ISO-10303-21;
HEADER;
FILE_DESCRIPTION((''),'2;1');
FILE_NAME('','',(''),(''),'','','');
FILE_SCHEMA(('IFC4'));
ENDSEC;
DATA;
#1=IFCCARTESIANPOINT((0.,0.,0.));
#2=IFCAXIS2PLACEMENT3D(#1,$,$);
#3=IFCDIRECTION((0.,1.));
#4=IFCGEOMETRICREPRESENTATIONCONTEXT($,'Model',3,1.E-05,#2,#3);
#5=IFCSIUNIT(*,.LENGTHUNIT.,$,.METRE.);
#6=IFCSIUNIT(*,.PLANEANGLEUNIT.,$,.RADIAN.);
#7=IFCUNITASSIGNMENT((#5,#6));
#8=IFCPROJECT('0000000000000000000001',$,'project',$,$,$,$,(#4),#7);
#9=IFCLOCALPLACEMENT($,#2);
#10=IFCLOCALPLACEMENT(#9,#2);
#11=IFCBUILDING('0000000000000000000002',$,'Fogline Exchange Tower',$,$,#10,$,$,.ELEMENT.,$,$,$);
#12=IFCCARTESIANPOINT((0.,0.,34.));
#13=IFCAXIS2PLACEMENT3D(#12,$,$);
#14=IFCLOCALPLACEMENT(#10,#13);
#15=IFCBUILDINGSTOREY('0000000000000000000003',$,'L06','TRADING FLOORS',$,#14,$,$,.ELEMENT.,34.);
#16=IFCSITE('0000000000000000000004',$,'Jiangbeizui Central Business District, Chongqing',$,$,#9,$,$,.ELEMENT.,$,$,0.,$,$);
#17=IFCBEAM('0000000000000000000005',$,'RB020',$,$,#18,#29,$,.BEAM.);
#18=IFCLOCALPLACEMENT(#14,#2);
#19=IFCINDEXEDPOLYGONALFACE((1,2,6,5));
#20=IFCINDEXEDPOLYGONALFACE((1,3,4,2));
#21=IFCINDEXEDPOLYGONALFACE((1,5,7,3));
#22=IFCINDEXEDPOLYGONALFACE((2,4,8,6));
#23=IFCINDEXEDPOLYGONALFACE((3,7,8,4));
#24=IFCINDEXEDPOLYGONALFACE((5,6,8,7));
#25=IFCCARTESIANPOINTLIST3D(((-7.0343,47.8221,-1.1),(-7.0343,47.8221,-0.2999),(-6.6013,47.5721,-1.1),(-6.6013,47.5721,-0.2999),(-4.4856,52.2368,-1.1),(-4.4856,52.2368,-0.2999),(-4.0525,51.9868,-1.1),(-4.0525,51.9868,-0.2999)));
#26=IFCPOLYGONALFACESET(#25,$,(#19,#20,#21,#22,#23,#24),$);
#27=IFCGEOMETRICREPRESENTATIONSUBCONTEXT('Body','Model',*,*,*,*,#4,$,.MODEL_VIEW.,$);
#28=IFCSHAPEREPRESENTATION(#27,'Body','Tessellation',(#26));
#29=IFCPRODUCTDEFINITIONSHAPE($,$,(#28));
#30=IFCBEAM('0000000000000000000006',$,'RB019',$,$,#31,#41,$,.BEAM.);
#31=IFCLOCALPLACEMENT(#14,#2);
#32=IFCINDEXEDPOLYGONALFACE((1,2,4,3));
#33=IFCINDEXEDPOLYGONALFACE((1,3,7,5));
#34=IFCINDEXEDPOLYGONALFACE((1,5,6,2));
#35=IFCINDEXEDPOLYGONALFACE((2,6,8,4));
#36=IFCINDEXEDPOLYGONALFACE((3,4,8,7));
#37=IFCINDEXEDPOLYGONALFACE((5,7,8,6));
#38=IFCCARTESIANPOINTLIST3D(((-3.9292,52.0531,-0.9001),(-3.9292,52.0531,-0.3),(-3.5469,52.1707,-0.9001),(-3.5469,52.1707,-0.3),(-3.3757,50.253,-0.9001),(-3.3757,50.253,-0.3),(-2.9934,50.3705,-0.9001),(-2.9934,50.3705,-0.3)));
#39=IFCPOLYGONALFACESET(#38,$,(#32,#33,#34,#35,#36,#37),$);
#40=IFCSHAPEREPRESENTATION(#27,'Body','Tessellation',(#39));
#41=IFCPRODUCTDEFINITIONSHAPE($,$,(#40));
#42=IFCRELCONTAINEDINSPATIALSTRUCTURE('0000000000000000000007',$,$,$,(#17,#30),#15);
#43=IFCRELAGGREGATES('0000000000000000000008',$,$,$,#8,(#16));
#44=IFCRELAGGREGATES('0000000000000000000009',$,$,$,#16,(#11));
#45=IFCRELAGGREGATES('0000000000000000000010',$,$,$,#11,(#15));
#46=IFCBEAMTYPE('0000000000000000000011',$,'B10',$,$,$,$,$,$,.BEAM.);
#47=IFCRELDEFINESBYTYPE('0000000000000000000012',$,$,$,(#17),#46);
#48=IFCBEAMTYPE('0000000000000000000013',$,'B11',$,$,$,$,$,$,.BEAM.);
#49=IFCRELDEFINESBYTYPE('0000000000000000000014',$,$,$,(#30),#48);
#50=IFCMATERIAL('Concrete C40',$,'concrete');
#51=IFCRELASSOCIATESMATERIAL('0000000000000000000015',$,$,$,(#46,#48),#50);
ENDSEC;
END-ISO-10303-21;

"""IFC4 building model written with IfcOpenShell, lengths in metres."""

from ifc_helpers import new_model, si_unit, direction, frame, origin, origin_2d, place, context, subcontext, project, spatial, rectangle, extrude, material, material_profile, profile_set, type_object, element, save


model = new_model("IFC4")

# Units and contexts
model_context = context("Model", 3, precision=1e-05, world=origin(), true_north=direction((0.0, 1.0)))
body_context = subcontext(model_context, "Body", "Model", "MODEL_VIEW")
ifc_project = project(units=[si_unit("LENGTHUNIT", "METRE"), si_unit("PLANEANGLEUNIT", "RADIAN")], contexts=[model_context])

# Site, building, storey
site_placement = place(None, origin())
site = spatial("IfcSite", under=ifc_project, at=site_placement, Name="Jiangbeizui Central Business District, Chongqing", CompositionType="ELEMENT", RefElevation=0.0)
building_placement = place(site_placement, origin())
building = spatial("IfcBuilding", under=site, at=building_placement, Name="Fogline Exchange Tower", CompositionType="ELEMENT")
storey_placement = place(building_placement, frame((0.0, 0.0, 34.0)))
storey = spatial("IfcBuildingStorey", under=building, at=storey_placement, Name="L06", Description="TRADING FLOORS", CompositionType="ELEMENT", Elevation=34.0)

# Beams
ifc_material = material(Name="Concrete C40", Category="concrete")
ifc_material_profile_1 = material_profile(ifc_material, rectangle(XDim=0.5, YDim=0.8, at=origin_2d()), Name="RC 500x800")
ifc_profile_set_1 = profile_set([ifc_material_profile_1], Name="Concrete C40")
beam_type_1 = type_object("IfcBeamType", Name="B10", PredefinedType="BEAM", material=ifc_profile_set_1)
beam_1_placement = place(storey_placement, frame((-4.269, 52.1118, -0.7), z_axis=(-0.499992, -0.86603, 0.0), x_axis=(0.86603, -0.499992, 0.0)))
element("IfcBeam", 1, at=beam_1_placement, inside=storey, type_object=beam_type_1, Name="RB020", PredefinedType="BEAM", context=body_context, shape_type="SweptSolid", body=[
    extrude(rectangle(XDim=0.5, YDim=0.8, at=origin_2d()), origin(), (0.0, 0.0, 1.0), 5.0977),
])
ifc_material_profile_2 = material_profile(ifc_material, rectangle(XDim=0.3999, YDim=0.6001, at=origin_2d()), Name="RC 400x600")
ifc_profile_set_2 = profile_set([ifc_material_profile_2], Name="Concrete C40")
beam_type_2 = type_object("IfcBeamType", Name="B11", PredefinedType="BEAM", material=ifc_profile_set_2)
beam_2_placement = place(storey_placement, frame((-3.1846, 50.3118, -0.6001), z_axis=(-0.293895, 0.955838, 0.0), x_axis=(-0.955838, -0.293895, 0.0)))
element("IfcBeam", 2, at=beam_2_placement, inside=storey, type_object=beam_type_2, Name="RB019", PredefinedType="BEAM", context=body_context, shape_type="SweptSolid", body=[
    extrude(rectangle(XDim=0.3999, YDim=0.6001, at=origin_2d()), origin(), (0.0, 0.0, 1.0), 1.8833),
])

save(model, "model.ifc")
